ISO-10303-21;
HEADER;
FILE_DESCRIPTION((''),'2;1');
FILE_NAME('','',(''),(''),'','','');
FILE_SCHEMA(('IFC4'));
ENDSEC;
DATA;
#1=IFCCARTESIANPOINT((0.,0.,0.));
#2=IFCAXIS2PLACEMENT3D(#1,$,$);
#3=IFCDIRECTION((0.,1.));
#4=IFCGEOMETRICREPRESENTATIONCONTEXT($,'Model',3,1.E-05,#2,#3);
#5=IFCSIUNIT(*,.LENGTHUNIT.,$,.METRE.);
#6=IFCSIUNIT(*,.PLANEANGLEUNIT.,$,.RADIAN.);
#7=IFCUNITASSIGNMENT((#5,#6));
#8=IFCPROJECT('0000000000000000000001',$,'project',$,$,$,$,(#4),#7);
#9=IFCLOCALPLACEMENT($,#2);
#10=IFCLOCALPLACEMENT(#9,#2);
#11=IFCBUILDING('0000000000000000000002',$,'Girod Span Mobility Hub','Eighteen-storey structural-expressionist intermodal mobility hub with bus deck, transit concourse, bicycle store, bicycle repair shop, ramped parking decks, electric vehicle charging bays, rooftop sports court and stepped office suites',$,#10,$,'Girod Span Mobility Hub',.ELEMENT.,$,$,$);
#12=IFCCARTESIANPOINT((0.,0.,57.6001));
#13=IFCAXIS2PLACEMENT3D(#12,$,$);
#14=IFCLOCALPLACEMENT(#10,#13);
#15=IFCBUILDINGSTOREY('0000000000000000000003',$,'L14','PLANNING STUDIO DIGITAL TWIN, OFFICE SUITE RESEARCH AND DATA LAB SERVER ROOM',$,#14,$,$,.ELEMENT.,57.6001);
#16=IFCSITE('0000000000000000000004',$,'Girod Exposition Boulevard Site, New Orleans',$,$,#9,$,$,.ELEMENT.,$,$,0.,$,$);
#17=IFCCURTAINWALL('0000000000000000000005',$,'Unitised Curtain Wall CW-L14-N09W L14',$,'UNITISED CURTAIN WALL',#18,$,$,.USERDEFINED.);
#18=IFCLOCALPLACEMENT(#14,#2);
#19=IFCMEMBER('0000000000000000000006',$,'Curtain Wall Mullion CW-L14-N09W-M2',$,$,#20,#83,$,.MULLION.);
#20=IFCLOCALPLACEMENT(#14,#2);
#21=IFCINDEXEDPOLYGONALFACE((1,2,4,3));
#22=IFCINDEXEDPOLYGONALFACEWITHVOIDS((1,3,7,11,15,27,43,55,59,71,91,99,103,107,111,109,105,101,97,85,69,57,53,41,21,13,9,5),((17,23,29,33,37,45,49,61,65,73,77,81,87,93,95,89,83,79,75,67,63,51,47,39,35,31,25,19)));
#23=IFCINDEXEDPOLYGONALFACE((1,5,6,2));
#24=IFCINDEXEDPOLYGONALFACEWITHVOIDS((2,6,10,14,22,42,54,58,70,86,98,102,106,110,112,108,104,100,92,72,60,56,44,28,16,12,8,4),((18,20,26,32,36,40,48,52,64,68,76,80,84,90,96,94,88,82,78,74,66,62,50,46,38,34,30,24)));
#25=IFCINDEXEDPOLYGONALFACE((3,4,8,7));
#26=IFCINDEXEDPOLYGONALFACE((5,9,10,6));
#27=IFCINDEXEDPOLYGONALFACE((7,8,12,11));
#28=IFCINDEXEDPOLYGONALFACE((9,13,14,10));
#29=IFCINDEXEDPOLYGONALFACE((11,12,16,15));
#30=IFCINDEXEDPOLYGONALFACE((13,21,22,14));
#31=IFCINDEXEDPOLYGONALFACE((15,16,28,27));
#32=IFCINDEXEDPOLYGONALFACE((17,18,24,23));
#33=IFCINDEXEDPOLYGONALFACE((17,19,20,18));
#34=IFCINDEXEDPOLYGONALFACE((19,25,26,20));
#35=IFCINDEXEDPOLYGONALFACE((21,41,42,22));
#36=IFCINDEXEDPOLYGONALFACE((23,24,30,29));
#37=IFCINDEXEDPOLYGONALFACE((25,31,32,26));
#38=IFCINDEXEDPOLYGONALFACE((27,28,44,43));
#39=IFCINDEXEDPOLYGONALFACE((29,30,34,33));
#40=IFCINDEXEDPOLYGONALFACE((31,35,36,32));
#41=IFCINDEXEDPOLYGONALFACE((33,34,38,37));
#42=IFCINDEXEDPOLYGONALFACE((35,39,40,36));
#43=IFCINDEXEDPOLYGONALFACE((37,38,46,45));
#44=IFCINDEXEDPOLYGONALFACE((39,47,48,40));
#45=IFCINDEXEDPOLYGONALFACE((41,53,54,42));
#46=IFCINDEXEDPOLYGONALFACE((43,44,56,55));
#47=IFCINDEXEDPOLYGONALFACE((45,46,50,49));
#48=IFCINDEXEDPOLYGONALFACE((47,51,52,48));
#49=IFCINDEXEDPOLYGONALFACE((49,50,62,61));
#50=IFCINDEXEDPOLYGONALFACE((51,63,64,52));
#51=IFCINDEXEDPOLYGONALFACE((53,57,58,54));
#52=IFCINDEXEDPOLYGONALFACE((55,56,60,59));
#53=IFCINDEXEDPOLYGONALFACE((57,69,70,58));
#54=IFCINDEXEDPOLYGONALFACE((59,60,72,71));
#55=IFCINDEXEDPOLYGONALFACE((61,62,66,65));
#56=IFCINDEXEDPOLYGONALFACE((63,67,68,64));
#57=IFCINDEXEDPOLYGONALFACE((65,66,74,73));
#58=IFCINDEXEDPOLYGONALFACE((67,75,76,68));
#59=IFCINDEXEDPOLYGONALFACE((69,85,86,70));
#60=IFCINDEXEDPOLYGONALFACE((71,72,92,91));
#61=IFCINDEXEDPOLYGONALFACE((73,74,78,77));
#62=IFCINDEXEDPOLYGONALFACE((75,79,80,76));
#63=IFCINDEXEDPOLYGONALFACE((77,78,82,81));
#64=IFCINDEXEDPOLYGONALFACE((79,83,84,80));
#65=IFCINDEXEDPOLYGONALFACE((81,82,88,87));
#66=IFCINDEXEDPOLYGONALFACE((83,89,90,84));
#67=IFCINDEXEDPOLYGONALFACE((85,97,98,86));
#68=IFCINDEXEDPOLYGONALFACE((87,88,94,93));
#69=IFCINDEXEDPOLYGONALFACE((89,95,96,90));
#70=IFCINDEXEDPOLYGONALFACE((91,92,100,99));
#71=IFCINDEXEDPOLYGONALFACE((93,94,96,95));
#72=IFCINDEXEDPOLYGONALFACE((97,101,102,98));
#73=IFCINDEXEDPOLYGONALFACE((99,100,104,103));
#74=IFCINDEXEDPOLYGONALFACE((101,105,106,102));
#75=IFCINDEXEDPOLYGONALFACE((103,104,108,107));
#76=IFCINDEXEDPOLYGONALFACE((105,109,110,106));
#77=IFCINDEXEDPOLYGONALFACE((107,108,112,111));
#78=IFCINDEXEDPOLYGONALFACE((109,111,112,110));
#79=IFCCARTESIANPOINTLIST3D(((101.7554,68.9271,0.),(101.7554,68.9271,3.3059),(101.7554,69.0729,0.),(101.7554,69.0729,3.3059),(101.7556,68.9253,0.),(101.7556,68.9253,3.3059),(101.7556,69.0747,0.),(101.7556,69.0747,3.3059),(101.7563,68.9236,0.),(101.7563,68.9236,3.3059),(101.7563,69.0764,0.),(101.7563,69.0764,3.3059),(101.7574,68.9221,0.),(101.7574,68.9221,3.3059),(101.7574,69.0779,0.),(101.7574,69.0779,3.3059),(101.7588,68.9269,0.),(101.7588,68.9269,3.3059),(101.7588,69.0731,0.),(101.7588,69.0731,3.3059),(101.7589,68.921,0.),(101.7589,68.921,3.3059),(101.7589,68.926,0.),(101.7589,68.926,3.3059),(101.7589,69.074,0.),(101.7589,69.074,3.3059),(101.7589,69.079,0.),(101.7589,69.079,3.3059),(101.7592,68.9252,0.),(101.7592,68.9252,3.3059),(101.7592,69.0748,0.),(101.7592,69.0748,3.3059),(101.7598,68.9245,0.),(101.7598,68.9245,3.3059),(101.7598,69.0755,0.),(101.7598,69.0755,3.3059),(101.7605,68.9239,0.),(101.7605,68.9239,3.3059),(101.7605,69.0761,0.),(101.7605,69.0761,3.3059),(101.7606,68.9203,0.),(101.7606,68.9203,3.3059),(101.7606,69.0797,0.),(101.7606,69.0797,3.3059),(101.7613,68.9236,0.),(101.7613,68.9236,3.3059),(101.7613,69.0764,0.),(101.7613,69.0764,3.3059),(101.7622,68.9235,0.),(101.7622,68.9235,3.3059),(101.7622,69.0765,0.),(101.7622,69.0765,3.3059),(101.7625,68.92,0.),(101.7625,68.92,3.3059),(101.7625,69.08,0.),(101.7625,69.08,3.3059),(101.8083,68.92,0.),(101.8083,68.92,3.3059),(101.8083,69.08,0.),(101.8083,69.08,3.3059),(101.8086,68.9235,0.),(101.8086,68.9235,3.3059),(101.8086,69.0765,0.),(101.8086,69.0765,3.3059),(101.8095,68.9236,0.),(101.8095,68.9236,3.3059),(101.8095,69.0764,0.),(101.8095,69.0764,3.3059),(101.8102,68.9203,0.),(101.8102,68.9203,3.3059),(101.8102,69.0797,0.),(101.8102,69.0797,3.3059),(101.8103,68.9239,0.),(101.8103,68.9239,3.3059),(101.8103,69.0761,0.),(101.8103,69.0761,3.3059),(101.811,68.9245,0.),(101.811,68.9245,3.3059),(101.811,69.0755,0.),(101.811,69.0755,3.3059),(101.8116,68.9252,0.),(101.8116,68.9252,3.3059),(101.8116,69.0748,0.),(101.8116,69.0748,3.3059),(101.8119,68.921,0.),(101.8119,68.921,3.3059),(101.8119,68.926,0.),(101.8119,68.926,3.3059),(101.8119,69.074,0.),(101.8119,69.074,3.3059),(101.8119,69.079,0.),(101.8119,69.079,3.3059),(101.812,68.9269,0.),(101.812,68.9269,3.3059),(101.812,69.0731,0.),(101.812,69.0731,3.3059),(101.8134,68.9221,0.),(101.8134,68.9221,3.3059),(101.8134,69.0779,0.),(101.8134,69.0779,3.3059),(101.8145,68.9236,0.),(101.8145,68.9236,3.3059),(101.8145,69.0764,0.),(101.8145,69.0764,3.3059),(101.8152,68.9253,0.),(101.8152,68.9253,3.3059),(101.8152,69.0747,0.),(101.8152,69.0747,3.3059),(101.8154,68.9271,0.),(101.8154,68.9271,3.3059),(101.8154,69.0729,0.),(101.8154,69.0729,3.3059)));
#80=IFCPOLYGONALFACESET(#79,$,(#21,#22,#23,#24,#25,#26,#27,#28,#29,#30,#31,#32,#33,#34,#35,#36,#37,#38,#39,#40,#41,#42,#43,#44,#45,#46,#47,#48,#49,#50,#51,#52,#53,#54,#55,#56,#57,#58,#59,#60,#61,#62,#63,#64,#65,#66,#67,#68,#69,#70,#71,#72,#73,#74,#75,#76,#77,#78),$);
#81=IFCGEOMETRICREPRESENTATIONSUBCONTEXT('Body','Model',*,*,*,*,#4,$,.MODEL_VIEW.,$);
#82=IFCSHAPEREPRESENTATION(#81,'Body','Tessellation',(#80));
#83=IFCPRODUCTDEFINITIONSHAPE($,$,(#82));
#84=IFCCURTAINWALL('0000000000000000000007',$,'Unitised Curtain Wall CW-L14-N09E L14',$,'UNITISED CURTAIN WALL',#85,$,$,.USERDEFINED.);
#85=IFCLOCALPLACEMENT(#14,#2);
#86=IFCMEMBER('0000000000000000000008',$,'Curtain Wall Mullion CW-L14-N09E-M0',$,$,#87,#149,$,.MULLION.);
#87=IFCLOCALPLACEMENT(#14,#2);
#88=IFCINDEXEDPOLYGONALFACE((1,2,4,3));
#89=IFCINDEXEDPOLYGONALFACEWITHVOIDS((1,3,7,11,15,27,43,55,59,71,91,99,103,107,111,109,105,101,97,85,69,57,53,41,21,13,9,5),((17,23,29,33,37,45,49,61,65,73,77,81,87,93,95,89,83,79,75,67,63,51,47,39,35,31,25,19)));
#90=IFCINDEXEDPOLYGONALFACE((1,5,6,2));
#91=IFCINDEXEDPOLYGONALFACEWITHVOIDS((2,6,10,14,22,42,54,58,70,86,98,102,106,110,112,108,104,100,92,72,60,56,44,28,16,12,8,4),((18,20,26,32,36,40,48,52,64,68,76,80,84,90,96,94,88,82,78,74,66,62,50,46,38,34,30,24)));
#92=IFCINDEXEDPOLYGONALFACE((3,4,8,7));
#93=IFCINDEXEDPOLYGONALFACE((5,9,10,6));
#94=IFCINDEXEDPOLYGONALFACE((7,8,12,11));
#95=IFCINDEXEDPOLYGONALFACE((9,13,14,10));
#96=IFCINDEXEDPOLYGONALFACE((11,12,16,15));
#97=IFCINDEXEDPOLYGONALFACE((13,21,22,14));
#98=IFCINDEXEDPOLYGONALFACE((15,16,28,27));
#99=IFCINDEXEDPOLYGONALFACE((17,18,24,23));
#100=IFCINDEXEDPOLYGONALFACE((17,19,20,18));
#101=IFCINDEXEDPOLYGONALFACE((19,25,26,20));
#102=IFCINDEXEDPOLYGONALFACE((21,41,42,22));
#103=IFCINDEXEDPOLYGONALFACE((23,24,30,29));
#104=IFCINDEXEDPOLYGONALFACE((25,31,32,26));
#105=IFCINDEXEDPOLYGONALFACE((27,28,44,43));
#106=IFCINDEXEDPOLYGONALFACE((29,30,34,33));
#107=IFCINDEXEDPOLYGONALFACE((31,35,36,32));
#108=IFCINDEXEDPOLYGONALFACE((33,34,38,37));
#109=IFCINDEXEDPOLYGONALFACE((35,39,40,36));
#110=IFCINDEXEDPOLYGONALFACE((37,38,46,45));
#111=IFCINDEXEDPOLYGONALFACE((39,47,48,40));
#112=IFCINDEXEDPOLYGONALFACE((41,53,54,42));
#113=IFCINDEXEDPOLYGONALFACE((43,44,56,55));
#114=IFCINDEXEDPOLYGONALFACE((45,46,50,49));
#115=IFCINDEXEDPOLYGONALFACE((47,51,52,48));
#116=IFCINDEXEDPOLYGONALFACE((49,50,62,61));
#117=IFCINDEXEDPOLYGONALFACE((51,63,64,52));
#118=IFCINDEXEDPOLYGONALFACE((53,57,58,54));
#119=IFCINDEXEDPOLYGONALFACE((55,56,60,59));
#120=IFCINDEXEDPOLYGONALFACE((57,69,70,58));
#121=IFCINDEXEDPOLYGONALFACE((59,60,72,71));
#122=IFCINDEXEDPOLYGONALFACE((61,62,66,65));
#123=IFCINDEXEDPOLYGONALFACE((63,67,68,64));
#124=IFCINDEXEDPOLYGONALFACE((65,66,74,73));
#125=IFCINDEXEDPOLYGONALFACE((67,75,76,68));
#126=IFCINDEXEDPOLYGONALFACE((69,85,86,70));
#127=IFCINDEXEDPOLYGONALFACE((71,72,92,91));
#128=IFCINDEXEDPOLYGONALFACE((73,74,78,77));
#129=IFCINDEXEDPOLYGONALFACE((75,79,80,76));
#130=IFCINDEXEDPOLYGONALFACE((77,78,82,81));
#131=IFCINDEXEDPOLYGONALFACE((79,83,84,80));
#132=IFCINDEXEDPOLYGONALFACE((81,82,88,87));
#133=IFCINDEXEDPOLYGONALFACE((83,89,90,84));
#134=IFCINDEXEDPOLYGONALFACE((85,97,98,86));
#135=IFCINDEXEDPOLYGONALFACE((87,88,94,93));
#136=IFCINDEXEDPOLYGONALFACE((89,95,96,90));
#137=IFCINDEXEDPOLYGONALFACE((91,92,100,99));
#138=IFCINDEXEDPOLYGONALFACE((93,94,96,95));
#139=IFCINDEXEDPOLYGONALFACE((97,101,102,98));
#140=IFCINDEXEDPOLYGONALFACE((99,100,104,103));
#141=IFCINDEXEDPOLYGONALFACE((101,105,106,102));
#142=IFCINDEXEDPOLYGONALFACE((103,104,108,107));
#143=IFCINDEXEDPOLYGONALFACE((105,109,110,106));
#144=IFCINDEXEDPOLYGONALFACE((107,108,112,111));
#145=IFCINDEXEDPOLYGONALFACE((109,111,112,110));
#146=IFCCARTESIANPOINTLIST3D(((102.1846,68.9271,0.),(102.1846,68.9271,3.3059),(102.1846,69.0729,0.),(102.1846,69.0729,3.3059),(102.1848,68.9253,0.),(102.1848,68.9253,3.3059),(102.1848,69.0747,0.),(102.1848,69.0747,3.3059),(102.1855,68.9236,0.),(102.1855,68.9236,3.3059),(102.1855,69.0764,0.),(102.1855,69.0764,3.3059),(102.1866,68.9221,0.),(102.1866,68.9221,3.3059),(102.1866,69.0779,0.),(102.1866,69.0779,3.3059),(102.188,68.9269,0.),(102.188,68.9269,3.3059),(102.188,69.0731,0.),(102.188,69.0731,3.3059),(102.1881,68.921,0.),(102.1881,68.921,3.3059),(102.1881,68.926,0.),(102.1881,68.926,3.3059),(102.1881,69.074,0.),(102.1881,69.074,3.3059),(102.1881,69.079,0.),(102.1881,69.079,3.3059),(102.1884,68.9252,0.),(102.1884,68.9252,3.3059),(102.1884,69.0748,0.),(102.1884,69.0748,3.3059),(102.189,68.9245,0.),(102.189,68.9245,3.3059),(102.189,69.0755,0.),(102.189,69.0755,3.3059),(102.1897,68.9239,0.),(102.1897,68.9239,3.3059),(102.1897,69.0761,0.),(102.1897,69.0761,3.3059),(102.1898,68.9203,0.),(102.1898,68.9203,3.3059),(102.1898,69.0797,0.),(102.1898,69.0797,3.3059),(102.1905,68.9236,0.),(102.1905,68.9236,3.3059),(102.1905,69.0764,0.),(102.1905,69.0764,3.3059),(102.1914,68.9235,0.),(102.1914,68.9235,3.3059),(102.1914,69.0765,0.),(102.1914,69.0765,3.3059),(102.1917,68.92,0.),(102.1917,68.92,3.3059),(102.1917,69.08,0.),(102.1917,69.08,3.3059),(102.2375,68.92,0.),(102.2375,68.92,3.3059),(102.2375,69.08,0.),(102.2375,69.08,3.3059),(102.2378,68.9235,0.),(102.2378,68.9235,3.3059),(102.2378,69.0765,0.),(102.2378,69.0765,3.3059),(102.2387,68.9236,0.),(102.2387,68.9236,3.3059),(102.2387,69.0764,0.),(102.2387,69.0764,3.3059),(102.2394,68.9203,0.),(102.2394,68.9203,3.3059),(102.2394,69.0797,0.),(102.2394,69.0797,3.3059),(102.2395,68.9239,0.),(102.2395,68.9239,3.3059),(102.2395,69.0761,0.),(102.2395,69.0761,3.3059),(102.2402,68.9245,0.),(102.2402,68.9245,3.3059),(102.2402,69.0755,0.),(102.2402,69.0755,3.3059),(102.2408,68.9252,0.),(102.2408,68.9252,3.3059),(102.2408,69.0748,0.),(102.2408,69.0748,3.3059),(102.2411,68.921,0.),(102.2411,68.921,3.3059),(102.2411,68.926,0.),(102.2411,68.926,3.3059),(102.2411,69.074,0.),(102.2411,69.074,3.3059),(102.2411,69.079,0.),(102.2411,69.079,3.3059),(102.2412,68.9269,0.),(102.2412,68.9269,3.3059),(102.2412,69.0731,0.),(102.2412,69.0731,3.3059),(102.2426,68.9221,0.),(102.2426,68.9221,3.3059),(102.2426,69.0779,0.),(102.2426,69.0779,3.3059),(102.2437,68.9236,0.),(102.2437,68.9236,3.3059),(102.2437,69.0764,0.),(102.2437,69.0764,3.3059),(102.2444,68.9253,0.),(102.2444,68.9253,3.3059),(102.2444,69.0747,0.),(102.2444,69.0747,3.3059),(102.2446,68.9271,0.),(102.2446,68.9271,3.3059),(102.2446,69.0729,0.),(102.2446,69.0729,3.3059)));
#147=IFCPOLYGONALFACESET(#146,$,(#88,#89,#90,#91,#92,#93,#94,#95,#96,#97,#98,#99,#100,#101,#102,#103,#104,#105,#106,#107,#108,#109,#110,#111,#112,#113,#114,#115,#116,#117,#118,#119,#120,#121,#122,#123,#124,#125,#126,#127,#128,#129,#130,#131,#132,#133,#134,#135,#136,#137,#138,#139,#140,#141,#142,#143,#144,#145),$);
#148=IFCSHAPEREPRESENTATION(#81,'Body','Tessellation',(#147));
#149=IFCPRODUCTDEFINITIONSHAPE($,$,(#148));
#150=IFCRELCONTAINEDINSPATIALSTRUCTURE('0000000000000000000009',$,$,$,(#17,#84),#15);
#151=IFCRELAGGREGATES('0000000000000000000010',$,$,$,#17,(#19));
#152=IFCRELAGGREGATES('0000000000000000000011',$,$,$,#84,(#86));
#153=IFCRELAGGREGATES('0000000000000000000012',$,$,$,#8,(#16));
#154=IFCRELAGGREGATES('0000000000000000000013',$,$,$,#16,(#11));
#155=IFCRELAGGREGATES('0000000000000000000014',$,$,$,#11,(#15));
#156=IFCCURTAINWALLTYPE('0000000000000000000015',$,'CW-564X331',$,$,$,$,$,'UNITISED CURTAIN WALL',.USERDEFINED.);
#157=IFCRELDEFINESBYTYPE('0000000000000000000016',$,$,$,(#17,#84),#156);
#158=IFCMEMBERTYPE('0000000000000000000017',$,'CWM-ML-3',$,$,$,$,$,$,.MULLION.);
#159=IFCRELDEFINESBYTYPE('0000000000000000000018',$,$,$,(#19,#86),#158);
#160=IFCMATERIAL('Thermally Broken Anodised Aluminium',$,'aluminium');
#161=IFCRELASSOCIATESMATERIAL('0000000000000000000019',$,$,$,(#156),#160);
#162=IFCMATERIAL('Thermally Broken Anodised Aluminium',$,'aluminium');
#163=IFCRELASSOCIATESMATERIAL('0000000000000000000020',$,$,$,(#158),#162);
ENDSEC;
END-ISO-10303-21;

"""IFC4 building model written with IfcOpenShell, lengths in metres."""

from ifc_helpers import new_model, si_unit, direction, frame, origin, origin_2d, place, context, subcontext, project, spatial, hollow_rectangle, extrude, material, material_profile, profile_set, type_object, element, aggregate, save


model = new_model("IFC4")

# Units and contexts
model_context = context("Model", 3, precision=1e-05, world=origin(), true_north=direction((0.0, 1.0)))
body_context = subcontext(model_context, "Body", "Model", "MODEL_VIEW")
ifc_project = project(units=[si_unit("LENGTHUNIT", "METRE"), si_unit("PLANEANGLEUNIT", "RADIAN")], contexts=[model_context])

# Site, building, storey
site_placement = place(None, origin())
site = spatial("IfcSite", under=ifc_project, at=site_placement, Name="Girod Exposition Boulevard Site, New Orleans", CompositionType="ELEMENT", RefElevation=0.0)
building_placement = place(site_placement, origin())
building = spatial("IfcBuilding", under=site, at=building_placement, Name="Girod Span Mobility Hub", Description="Eighteen-storey structural-expressionist intermodal mobility hub with bus deck, transit concourse, bicycle store, bicycle repair shop, ramped parking decks, electric vehicle charging bays, rooftop sports court and stepped office suites", LongName="Girod Span Mobility Hub", CompositionType="ELEMENT")
storey_placement = place(building_placement, frame((0.0, 0.0, 57.6001)))
storey = spatial("IfcBuildingStorey", under=building, at=storey_placement, Name="L14", Description="PLANNING STUDIO DIGITAL TWIN, OFFICE SUITE RESEARCH AND DATA LAB SERVER ROOM", CompositionType="ELEMENT", Elevation=57.6001)

# Curtain wall, member
ifc_material_1 = material(Name="Thermally Broken Anodised Aluminium", Category="aluminium")
curtain_wall_type = type_object("IfcCurtainWallType", Name="CW-564X331", ElementType="UNITISED CURTAIN WALL", PredefinedType="USERDEFINED", material=ifc_material_1)
ifc_material_2 = material(Name="Thermally Broken Anodised Aluminium", Category="aluminium")
ifc_material_profile_1 = material_profile(ifc_material_2, hollow_rectangle(XDim=0.1599, YDim=0.0601, WallThickness=0.0034, InnerFilletRadius=0.0034, OuterFilletRadius=0.0071, at=origin_2d()), Name="CW-ML-60X160")
ifc_profile_set_1 = profile_set([ifc_material_profile_1], Name="Thermally Broken Anodised Aluminium")
member_type_1 = type_object("IfcMemberType", Name="CWM-ML-3", PredefinedType="MULLION", material=ifc_profile_set_1)
curtain_wall_1_placement = place(storey_placement, origin())
curtain_wall_1 = element("IfcCurtainWall", 1, at=curtain_wall_1_placement, inside=storey, type_object=curtain_wall_type, Name="Unitised Curtain Wall CW-L14-N09W L14", ObjectType="UNITISED CURTAIN WALL", PredefinedType="USERDEFINED")
member_1_placement = place(storey_placement, frame((101.7854, 69.0, 0.0), z_axis=(0.0, 0.0, 1.0), x_axis=(0.0, 1.0, 0.0)))
member_1 = element("IfcMember", 2, at=member_1_placement, type_object=member_type_1, Name="Curtain Wall Mullion CW-L14-N09W-M2", PredefinedType="MULLION", context=body_context, shape_type="SweptSolid", body=[
    extrude(hollow_rectangle(XDim=0.1599, YDim=0.0601, WallThickness=0.0034, InnerFilletRadius=0.0034, OuterFilletRadius=0.0071, at=origin_2d()), origin(), (0.0, 0.0, 1.0), 3.3059),
])

# Curtain wall, member
curtain_wall_2_placement = place(storey_placement, origin())
curtain_wall_2 = element("IfcCurtainWall", 3, at=curtain_wall_2_placement, inside=storey, type_object=curtain_wall_type, Name="Unitised Curtain Wall CW-L14-N09E L14", ObjectType="UNITISED CURTAIN WALL", PredefinedType="USERDEFINED")
member_2_placement = place(storey_placement, frame((102.2146, 69.0, 0.0), z_axis=(0.0, 0.0, 1.0), x_axis=(0.0, 1.0, 0.0)))
member_2 = element("IfcMember", 4, at=member_2_placement, type_object=member_type_1, Name="Curtain Wall Mullion CW-L14-N09E-M0", PredefinedType="MULLION", context=body_context, shape_type="SweptSolid", body=[
    extrude(hollow_rectangle(XDim=0.1599, YDim=0.0601, WallThickness=0.0034, InnerFilletRadius=0.0034, OuterFilletRadius=0.0071, at=origin_2d()), origin(), (0.0, 0.0, 1.0), 3.3059),
])

aggregate(curtain_wall_1, [member_1])
aggregate(curtain_wall_2, [member_2])

save(model, "model.ifc")
